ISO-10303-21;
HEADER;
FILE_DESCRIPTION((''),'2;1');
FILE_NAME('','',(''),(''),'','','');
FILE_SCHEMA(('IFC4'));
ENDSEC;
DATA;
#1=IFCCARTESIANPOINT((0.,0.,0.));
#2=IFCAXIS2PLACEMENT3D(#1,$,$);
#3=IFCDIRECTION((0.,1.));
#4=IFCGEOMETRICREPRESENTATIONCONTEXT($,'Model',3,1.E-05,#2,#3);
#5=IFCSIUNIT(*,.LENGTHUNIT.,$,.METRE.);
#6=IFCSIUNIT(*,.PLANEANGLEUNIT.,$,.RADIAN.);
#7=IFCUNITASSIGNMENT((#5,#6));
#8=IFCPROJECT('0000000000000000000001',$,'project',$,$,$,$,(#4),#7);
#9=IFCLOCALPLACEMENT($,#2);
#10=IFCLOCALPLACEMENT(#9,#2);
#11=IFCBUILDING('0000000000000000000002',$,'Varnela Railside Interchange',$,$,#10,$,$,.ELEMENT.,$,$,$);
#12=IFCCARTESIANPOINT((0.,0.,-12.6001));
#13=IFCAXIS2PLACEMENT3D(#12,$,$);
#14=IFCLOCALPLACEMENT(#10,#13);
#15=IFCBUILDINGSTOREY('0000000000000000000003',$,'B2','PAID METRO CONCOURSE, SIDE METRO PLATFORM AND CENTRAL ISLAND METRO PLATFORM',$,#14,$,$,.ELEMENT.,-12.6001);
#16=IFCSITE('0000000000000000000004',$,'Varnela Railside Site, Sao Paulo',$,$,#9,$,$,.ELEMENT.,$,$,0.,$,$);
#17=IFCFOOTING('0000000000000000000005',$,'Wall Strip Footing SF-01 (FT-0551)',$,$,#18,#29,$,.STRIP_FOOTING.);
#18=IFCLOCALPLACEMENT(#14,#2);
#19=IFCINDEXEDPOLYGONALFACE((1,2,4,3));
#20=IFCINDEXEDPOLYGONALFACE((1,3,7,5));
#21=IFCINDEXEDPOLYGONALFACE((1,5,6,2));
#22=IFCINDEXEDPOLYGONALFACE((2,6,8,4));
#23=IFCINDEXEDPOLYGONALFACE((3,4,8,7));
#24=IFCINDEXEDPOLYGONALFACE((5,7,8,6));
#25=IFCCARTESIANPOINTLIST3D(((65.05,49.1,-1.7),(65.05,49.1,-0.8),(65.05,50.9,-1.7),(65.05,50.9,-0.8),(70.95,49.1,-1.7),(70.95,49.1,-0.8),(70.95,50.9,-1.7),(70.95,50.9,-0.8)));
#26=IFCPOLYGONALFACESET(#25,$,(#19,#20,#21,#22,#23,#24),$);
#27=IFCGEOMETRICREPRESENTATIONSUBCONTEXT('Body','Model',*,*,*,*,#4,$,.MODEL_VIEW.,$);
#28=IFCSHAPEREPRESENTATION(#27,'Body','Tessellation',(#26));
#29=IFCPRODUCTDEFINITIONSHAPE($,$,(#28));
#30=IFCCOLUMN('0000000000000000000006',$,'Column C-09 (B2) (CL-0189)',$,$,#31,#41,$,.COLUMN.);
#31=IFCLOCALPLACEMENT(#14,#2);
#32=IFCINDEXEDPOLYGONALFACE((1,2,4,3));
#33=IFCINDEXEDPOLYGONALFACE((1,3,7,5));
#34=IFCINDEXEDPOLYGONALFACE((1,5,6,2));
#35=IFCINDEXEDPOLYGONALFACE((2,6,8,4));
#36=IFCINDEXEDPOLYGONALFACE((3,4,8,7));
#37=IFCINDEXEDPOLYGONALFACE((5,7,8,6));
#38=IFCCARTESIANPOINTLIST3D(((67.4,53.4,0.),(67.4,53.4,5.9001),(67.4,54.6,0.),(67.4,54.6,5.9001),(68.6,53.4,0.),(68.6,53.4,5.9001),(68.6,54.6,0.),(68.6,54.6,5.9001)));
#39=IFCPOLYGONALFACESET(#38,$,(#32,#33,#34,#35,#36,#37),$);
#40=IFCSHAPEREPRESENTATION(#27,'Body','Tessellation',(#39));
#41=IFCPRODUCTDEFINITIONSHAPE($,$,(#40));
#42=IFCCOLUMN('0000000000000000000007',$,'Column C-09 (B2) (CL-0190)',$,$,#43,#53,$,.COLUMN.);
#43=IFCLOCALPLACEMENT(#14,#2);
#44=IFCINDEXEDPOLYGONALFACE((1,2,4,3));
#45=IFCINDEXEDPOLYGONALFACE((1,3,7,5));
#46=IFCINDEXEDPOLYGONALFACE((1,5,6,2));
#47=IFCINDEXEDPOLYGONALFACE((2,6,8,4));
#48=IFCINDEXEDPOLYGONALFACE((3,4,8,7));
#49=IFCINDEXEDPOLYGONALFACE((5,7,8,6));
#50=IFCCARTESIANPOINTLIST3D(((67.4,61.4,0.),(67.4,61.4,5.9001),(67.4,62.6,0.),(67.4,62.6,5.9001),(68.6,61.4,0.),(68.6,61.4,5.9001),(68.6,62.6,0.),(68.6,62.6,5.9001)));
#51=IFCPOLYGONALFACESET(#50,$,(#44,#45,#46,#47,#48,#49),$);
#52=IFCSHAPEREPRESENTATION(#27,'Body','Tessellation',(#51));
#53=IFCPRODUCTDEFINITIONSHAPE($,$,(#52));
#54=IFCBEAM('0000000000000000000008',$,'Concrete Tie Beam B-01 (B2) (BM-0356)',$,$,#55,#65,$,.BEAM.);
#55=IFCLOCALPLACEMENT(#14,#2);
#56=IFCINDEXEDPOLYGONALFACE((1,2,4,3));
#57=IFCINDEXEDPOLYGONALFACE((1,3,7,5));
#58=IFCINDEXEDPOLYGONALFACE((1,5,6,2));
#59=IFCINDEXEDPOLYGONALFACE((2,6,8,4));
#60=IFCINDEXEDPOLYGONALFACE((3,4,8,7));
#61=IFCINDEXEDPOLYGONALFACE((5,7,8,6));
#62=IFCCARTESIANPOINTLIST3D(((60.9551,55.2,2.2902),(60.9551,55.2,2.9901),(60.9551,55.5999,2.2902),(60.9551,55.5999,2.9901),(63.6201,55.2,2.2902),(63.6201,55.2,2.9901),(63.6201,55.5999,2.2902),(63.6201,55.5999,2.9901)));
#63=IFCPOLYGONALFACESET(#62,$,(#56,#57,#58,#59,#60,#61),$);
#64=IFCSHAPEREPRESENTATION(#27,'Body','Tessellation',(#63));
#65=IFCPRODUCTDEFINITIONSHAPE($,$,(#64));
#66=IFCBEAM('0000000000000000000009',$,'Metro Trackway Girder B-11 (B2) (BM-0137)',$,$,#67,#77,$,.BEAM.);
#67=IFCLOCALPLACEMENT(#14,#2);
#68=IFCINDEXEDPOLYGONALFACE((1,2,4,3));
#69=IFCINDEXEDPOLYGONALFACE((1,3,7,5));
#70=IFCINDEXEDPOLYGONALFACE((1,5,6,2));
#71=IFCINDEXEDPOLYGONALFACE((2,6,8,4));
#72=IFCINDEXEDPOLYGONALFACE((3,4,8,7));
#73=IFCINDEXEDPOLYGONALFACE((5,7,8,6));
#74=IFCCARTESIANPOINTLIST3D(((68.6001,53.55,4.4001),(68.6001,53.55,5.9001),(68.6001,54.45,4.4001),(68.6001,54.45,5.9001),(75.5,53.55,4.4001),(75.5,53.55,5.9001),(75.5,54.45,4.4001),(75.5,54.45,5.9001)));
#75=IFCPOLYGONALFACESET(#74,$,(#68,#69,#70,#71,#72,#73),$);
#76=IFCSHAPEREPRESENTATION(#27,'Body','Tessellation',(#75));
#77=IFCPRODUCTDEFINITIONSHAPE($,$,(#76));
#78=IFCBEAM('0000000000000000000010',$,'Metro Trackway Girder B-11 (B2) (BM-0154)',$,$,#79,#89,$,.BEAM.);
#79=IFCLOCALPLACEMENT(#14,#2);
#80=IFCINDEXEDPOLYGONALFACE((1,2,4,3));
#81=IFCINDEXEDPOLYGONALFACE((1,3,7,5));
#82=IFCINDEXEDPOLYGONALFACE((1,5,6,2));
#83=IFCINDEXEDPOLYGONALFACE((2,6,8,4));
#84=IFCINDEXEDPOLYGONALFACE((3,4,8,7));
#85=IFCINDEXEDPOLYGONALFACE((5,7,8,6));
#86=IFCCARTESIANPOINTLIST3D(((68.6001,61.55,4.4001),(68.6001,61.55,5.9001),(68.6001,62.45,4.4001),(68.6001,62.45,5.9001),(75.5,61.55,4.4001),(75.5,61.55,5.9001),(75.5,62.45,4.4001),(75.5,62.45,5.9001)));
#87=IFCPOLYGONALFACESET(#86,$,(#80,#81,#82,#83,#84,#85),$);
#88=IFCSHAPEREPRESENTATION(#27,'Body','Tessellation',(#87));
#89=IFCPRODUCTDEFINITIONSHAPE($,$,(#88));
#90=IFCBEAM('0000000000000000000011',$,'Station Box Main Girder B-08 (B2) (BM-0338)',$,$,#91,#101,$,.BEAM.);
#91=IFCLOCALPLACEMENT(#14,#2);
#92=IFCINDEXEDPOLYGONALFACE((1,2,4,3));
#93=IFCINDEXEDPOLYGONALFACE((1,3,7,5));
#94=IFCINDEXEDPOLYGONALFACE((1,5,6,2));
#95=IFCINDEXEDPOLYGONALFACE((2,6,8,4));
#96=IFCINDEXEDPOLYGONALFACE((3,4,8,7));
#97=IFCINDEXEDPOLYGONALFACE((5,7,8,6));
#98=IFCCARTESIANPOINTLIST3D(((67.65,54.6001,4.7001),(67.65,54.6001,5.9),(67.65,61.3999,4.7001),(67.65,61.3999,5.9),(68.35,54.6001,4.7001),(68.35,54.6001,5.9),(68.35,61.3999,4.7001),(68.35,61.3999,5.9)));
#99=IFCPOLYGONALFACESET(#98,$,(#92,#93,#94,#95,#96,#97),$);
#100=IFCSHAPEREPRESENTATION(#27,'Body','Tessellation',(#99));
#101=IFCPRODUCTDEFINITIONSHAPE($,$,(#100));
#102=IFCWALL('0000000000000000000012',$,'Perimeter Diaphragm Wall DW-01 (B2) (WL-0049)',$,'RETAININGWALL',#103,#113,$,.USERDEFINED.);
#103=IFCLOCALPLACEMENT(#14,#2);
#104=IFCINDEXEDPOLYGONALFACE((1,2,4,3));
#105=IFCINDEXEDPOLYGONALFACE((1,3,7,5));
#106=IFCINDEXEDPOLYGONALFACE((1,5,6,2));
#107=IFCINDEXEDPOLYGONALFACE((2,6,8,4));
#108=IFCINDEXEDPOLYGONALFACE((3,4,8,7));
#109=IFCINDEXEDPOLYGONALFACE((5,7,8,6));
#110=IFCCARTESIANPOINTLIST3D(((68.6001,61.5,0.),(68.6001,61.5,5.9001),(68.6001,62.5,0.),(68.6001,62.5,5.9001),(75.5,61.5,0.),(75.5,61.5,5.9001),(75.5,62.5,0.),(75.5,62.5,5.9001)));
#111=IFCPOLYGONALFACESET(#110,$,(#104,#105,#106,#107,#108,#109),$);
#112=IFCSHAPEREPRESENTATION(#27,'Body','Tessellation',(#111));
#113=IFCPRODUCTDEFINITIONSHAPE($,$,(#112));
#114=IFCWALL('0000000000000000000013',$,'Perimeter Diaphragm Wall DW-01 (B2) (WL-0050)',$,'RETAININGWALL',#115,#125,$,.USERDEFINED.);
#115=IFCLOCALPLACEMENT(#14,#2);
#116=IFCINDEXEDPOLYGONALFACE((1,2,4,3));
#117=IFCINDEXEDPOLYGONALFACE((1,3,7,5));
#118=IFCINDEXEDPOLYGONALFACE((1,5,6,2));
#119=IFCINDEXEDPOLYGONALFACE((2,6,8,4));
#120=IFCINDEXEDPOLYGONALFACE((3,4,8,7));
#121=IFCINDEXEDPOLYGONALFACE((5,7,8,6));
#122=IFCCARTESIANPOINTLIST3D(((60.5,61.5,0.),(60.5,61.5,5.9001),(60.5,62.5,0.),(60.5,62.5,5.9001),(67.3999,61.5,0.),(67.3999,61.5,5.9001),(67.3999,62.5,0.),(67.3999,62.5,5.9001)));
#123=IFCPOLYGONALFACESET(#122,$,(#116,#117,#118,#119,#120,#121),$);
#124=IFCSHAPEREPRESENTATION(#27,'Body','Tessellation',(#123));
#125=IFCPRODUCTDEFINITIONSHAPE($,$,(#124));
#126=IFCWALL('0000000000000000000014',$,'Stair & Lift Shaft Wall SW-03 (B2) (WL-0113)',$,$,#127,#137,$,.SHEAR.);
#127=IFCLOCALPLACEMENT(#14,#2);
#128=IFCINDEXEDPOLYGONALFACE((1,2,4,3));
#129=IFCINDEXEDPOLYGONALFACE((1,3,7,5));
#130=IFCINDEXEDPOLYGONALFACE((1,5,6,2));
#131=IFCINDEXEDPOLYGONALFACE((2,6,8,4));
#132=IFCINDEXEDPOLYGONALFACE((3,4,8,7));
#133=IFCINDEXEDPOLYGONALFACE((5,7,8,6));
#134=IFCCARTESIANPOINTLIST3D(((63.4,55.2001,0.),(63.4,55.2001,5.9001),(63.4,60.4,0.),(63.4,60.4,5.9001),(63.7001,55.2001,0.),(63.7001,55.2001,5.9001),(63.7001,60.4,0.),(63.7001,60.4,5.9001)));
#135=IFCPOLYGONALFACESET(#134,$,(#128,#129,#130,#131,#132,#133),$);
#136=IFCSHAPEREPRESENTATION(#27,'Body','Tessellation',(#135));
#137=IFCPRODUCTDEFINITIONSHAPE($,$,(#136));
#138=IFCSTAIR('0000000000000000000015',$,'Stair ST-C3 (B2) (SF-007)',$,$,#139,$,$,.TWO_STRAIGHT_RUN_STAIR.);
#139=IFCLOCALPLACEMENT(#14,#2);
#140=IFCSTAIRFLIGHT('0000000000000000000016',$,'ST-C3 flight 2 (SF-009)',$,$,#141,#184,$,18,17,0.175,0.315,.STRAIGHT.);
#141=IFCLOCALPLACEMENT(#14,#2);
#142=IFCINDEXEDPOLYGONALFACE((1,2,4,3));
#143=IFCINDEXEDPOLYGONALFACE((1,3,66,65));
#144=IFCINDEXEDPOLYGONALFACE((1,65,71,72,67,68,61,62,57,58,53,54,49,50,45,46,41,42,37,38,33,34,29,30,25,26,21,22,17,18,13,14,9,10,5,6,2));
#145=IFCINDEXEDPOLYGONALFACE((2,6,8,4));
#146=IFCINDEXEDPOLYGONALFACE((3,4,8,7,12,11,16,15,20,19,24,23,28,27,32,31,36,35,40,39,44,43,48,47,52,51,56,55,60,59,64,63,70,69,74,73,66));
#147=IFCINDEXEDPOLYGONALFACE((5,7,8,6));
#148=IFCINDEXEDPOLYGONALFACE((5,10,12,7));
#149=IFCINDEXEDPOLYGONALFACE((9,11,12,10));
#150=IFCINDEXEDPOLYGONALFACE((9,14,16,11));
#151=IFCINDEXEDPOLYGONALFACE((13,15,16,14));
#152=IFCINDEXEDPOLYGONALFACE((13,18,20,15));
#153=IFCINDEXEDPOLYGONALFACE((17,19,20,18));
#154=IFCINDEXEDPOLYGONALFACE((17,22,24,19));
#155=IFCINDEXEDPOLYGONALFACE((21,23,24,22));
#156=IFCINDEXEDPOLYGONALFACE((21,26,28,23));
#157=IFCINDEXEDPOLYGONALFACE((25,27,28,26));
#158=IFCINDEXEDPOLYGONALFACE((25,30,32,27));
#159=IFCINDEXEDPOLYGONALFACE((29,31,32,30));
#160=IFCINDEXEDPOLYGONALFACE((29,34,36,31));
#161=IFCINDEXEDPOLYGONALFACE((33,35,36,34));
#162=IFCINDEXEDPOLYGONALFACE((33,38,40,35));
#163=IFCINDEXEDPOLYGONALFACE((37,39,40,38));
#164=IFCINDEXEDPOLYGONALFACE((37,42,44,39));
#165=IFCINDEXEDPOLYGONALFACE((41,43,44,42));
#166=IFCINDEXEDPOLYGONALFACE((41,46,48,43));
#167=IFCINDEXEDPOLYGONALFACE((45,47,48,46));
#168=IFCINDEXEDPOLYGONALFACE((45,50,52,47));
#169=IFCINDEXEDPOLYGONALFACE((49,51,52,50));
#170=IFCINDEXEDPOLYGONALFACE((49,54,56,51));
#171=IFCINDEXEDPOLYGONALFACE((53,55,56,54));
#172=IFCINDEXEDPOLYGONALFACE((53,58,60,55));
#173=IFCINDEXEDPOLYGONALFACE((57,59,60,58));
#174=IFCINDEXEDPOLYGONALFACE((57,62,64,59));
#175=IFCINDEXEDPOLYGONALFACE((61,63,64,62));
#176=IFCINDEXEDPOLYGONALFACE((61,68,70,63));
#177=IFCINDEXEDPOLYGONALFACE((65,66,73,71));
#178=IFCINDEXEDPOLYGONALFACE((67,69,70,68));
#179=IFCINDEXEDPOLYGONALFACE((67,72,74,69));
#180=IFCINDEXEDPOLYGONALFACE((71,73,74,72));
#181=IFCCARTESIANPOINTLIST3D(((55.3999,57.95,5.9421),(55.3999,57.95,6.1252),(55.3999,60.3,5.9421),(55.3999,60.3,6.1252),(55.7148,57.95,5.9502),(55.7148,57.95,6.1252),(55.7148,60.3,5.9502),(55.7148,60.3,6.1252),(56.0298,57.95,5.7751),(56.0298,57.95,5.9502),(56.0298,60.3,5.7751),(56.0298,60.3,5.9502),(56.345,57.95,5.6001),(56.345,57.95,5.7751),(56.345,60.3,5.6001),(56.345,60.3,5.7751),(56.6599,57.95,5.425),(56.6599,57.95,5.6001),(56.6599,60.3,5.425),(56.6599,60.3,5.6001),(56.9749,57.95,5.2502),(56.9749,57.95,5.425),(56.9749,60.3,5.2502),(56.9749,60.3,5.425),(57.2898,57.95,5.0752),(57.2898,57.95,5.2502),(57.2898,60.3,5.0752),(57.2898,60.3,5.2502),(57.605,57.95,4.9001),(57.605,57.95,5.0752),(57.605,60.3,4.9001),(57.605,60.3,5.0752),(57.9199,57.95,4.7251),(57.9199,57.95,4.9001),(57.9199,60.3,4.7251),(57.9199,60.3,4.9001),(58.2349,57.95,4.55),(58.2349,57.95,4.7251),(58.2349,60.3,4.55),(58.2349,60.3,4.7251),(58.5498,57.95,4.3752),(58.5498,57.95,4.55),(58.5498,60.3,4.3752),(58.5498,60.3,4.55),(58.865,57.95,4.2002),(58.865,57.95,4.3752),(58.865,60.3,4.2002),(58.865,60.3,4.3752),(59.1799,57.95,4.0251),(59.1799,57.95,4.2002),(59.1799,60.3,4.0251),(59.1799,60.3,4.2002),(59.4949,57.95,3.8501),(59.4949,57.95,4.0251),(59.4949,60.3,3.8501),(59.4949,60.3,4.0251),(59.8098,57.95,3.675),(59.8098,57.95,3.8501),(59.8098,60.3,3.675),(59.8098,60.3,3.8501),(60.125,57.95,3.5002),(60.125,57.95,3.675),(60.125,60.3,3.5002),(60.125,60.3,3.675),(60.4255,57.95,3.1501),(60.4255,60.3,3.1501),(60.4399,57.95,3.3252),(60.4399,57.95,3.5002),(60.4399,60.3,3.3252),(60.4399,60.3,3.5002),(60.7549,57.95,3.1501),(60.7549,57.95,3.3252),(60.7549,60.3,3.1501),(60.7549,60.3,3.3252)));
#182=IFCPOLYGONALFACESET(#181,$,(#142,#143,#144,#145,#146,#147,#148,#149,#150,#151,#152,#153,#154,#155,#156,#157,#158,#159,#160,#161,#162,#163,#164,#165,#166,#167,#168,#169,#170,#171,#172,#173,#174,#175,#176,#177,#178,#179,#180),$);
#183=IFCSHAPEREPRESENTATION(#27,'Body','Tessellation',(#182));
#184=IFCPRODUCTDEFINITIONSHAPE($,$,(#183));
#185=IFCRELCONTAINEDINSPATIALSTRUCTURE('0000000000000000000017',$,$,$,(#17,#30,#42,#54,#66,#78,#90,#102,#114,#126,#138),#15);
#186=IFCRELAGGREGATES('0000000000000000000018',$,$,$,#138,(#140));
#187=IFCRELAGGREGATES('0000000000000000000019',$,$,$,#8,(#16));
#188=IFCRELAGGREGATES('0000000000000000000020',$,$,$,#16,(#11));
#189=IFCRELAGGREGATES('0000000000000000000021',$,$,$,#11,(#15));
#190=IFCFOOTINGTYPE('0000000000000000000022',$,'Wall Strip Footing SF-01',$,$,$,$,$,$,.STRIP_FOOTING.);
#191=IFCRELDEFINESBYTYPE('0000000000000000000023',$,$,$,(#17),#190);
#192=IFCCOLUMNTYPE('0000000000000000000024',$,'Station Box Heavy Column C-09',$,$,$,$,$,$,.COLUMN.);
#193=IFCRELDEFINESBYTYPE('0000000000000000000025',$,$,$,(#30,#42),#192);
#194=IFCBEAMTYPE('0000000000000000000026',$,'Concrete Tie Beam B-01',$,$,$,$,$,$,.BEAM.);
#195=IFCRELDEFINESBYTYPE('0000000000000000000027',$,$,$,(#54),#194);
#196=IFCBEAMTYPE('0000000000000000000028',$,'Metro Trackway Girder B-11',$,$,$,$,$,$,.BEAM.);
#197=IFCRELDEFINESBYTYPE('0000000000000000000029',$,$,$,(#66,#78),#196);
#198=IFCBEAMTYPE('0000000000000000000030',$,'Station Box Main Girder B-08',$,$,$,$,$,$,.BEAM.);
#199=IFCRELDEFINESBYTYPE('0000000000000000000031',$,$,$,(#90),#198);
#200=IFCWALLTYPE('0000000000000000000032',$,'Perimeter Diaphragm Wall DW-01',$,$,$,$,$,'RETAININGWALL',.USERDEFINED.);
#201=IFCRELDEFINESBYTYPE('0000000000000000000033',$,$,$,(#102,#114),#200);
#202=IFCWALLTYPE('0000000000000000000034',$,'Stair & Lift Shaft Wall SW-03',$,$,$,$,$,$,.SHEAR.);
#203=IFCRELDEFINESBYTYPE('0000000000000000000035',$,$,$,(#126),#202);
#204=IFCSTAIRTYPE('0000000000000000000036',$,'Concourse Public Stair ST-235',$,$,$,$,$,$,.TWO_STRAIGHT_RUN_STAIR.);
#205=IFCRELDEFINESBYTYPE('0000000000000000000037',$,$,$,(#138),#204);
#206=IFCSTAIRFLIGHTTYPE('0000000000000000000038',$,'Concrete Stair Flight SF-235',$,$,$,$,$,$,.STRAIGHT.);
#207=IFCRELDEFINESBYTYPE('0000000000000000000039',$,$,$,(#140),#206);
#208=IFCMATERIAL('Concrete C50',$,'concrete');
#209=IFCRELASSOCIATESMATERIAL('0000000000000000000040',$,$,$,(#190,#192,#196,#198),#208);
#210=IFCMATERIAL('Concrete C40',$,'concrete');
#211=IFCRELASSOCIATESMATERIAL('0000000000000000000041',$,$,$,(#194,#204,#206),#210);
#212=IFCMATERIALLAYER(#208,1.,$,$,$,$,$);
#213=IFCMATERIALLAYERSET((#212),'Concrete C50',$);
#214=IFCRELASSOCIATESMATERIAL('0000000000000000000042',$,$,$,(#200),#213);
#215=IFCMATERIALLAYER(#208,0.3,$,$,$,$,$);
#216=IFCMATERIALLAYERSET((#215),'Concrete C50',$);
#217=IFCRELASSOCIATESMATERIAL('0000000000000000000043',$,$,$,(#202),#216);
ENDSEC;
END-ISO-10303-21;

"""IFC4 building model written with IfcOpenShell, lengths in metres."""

from ifc_helpers import new_model, si_unit, direction, frame, frame_2d, origin, origin_2d, place, context, subcontext, project, spatial, polyline, rectangle, outline, extrude, material, layer, layer_set, material_profile, profile_set, type_object, element, aggregate, save


model = new_model("IFC4")

# Units and contexts
model_context = context("Model", 3, precision=1e-05, world=origin(), true_north=direction((0.0, 1.0)))
body_context = subcontext(model_context, "Body", "Model", "MODEL_VIEW")
ifc_project = project(units=[si_unit("LENGTHUNIT", "METRE"), si_unit("PLANEANGLEUNIT", "RADIAN")], contexts=[model_context])

# Site, building, storey
site_placement = place(None, origin())
site = spatial("IfcSite", under=ifc_project, at=site_placement, Name="Varnela Railside Site, Sao Paulo", CompositionType="ELEMENT", RefElevation=0.0)
building_placement = place(site_placement, origin())
building = spatial("IfcBuilding", under=site, at=building_placement, Name="Varnela Railside Interchange", CompositionType="ELEMENT")
storey_placement = place(building_placement, frame((0.0, 0.0, -12.6001)))
storey = spatial("IfcBuildingStorey", under=building, at=storey_placement, Name="B2", Description="PAID METRO CONCOURSE, SIDE METRO PLATFORM AND CENTRAL ISLAND METRO PLATFORM", CompositionType="ELEMENT", Elevation=-12.6001)

# Shared definitions
ifc_material_1 = material(Name="Concrete C50", Category="concrete")

# Shared definitions
ifc_material_2 = material(Name="Concrete C40", Category="concrete")

# Footing
footing_type_1 = type_object("IfcFootingType", Name="Wall Strip Footing SF-01", PredefinedType="STRIP_FOOTING", material=ifc_material_1)
footing_1_placement = place(storey_placement, frame((68.0, 50.0, -1.7), z_axis=(0.0, 0.0, 1.0), x_axis=(1.0, 0.0, 0.0)))
element("IfcFooting", 1, at=footing_1_placement, inside=storey, type_object=footing_type_1, Name="Wall Strip Footing SF-01 (FT-0551)", PredefinedType="STRIP_FOOTING", context=body_context, shape_type="SweptSolid", body=[
    extrude(rectangle(XDim=5.8999, YDim=1.8, at=origin_2d()), origin(), (0.0, 0.0, 1.0), 0.8999),
])

# Columns
ifc_material_profile_1 = material_profile(ifc_material_1, rectangle(XDim=1.2, YDim=1.2, at=origin_2d()), Name="RC 1200x1200")
ifc_profile_set_1 = profile_set([ifc_material_profile_1], Name="Concrete C50")
column_type = type_object("IfcColumnType", Name="Station Box Heavy Column C-09", PredefinedType="COLUMN", material=ifc_profile_set_1)
for number, where, z_axis, x_axis, name in (
    (2, (68.0, 54.0, 0.0), (0.0, 0.0, 1.0), (1.0, 0.0, 0.0), "Column C-09 (B2) (CL-0189)"),
    (3, (68.0, 62.0, 0.0), (0.0, 0.0, 1.0), (1.0, 0.0, 0.0), "Column C-09 (B2) (CL-0190)"),
):
    element("IfcColumn", number, at=place(storey_placement, frame(where, z_axis=z_axis, x_axis=x_axis)), inside=storey, type_object=column_type, Name=name, PredefinedType="COLUMN", context=body_context, shape_type="SweptSolid", body=[
        extrude(rectangle(XDim=1.2, YDim=1.2, at=origin_2d()), origin(), (0.0, 0.0, 1.0), 5.9001),
    ])

# Beams
ifc_material_profile_2 = material_profile(ifc_material_2, rectangle(XDim=0.3999, YDim=0.7, at=origin_2d()), Name="RC 400x700")
ifc_profile_set_2 = profile_set([ifc_material_profile_2], Name="Concrete C40")
beam_type_1 = type_object("IfcBeamType", Name="Concrete Tie Beam B-01", PredefinedType="BEAM", material=ifc_profile_set_2)
beam_1_placement = place(storey_placement, frame((60.9551, 55.3999, 2.6401), z_axis=(1.0, 0.0, 0.0), x_axis=(0.0, 1.0, 0.0)))
element("IfcBeam", 4, at=beam_1_placement, inside=storey, type_object=beam_type_1, Name="Concrete Tie Beam B-01 (B2) (BM-0356)", PredefinedType="BEAM", context=body_context, shape_type="SweptSolid", body=[
    extrude(rectangle(XDim=0.3999, YDim=0.7, at=origin_2d()), origin(), (0.0, 0.0, 1.0), 2.665),
])
ifc_material_profile_3 = material_profile(ifc_material_1, rectangle(XDim=0.8999, YDim=1.5, at=origin_2d()), Name="RC 900x1500")
ifc_profile_set_3 = profile_set([ifc_material_profile_3], Name="Concrete C50")
beam_type_2 = type_object("IfcBeamType", Name="Metro Trackway Girder B-11", PredefinedType="BEAM", material=ifc_profile_set_3)
for number, where, z_axis, x_axis, name in (
    (5, (68.6001, 54.0, 5.1501), (1.0, 0.0, 0.0), (0.0, 1.0, 0.0), "Metro Trackway Girder B-11 (B2) (BM-0137)"),
    (6, (68.6001, 62.0, 5.1501), (1.0, 0.0, 0.0), (0.0, 1.0, 0.0), "Metro Trackway Girder B-11 (B2) (BM-0154)"),
):
    element("IfcBeam", number, at=place(storey_placement, frame(where, z_axis=z_axis, x_axis=x_axis)), inside=storey, type_object=beam_type_2, Name=name, PredefinedType="BEAM", context=body_context, shape_type="SweptSolid", body=[
        extrude(rectangle(XDim=0.8999, YDim=1.5, at=origin_2d()), origin(), (0.0, 0.0, 1.0), 6.8999),
    ])
ifc_material_profile_4 = material_profile(ifc_material_1, rectangle(XDim=0.7, YDim=1.2, at=origin_2d()), Name="RC 700x1200")
ifc_profile_set_4 = profile_set([ifc_material_profile_4], Name="Concrete C50")
beam_type_3 = type_object("IfcBeamType", Name="Station Box Main Girder B-08", PredefinedType="BEAM", material=ifc_profile_set_4)
beam_2_placement = place(storey_placement, frame((68.0, 54.6001, 5.3), z_axis=(0.0, 1.0, 0.0), x_axis=(-1.0, 0.0, 0.0)))
element("IfcBeam", 7, at=beam_2_placement, inside=storey, type_object=beam_type_3, Name="Station Box Main Girder B-08 (B2) (BM-0338)", PredefinedType="BEAM", context=body_context, shape_type="SweptSolid", body=[
    extrude(rectangle(XDim=0.7, YDim=1.2, at=origin_2d()), origin(), (0.0, 0.0, 1.0), 6.7998),
])

# Walls
ifc_layer_1 = layer(ifc_material_1, 1.0)
ifc_layer_set_1 = layer_set([ifc_layer_1], Name="Concrete C50")
wall_type_1 = type_object("IfcWallType", Name="Perimeter Diaphragm Wall DW-01", ElementType="RETAININGWALL", PredefinedType="USERDEFINED", material=ifc_layer_set_1)
for number, where, z_axis, x_axis, name in (
    (8, (75.5, 62.0, 0.0), (0.0, 0.0, 1.0), (-1.0, 0.0, 0.0), "Perimeter Diaphragm Wall DW-01 (B2) (WL-0049)"),
    (9, (67.3999, 62.0, 0.0), (0.0, 0.0, 1.0), (-1.0, 0.0, 0.0), "Perimeter Diaphragm Wall DW-01 (B2) (WL-0050)"),
):
    element("IfcWall", number, at=place(storey_placement, frame(where, z_axis=z_axis, x_axis=x_axis)), inside=storey, type_object=wall_type_1, Name=name, ObjectType="RETAININGWALL", PredefinedType="USERDEFINED", context=body_context, shape_type="SweptSolid", body=[
        extrude(rectangle(XDim=6.8999, YDim=1.0, at=frame_2d((3.45, 0.0))), origin(), (0.0, 0.0, 1.0), 5.9001),
    ])
ifc_layer_2 = layer(ifc_material_1, 0.3)
ifc_layer_set_2 = layer_set([ifc_layer_2], Name="Concrete C50")
wall_type_2 = type_object("IfcWallType", Name="Stair & Lift Shaft Wall SW-03", PredefinedType="SHEAR", material=ifc_layer_set_2)
wall_placement = place(storey_placement, frame((63.55, 55.2, 0.0), z_axis=(0.0, 0.0, 1.0), x_axis=(0.0, 1.0, 0.0)))
element("IfcWall", 10, at=wall_placement, inside=storey, type_object=wall_type_2, Name="Stair & Lift Shaft Wall SW-03 (B2) (WL-0113)", PredefinedType="SHEAR", context=body_context, shape_type="SweptSolid", body=[
    extrude(rectangle(XDim=5.2, YDim=0.3, at=frame_2d((2.6001, 0.0))), origin(), (0.0, 0.0, 1.0), 5.9001),
])

# Stair, stair flight
stair_type = type_object("IfcStairType", Name="Concourse Public Stair ST-235", PredefinedType="TWO_STRAIGHT_RUN_STAIR", material=ifc_material_2)
stair_placement = place(storey_placement, origin())
stair = element("IfcStair", 11, at=stair_placement, inside=storey, type_object=stair_type, Name="Stair ST-C3 (B2) (SF-007)", PredefinedType="TWO_STRAIGHT_RUN_STAIR")
stair_flight_type = type_object("IfcStairFlightType", Name="Concrete Stair Flight SF-235", PredefinedType="STRAIGHT", material=ifc_material_2)
stair_flight_placement = place(storey_placement, frame((60.7549, 59.125, 3.1501), z_axis=(0.0, 0.0, 1.0), x_axis=(-1.0, 0.0, 0.0)))
stair_flight = element("IfcStairFlight", 12, at=stair_flight_placement, type_object=stair_flight_type, Name="ST-C3 flight 2 (SF-009)", NumberOfRisers=18, NumberOfTreads=17, PredefinedType="STRAIGHT", RiserHeight=0.175, TreadLength=0.315, context=body_context, shape_type="SweptSolid", body=[
    extrude(outline(polyline([(0.0, 0.0), (0.0, 0.175), (0.3149, 0.175), (0.3149, 0.3501), (0.6299, 0.3501), (0.6299, 0.5249), (0.9451, 0.5249), (0.9451, 0.7), (1.26, 0.7), (1.26, 0.875), (1.575, 0.875), (1.575, 1.05), (1.8899, 1.05), (1.8899, 1.2251), (2.2051, 1.2251), (2.2051, 1.3999), (2.52, 1.3999), (2.52, 1.575), (2.835, 1.575), (2.835, 1.75), (3.1499, 1.75), (3.1499, 1.925), (3.4651, 1.925), (3.4651, 2.1001), (3.78, 2.1001), (3.78, 2.2749), (4.095, 2.2749), (4.095, 2.45), (4.4099, 2.45), (4.4099, 2.625), (4.7251, 2.625), (4.7251, 2.8), (5.04, 2.8), (5.04, 2.9751), (5.355, 2.9751), (5.355, 3.1499), (5.355, 2.792), (0.3293, 0.0), (0.0, 0.0)])), frame((0.0, 1.175, 0.0), z_axis=(0.0, -1.0, 0.0), x_axis=(1.0, 0.0, 0.0)), (0.0, 0.0, 1.0), 2.3501),
])
aggregate(stair, [stair_flight])

save(model, "model.ifc")
